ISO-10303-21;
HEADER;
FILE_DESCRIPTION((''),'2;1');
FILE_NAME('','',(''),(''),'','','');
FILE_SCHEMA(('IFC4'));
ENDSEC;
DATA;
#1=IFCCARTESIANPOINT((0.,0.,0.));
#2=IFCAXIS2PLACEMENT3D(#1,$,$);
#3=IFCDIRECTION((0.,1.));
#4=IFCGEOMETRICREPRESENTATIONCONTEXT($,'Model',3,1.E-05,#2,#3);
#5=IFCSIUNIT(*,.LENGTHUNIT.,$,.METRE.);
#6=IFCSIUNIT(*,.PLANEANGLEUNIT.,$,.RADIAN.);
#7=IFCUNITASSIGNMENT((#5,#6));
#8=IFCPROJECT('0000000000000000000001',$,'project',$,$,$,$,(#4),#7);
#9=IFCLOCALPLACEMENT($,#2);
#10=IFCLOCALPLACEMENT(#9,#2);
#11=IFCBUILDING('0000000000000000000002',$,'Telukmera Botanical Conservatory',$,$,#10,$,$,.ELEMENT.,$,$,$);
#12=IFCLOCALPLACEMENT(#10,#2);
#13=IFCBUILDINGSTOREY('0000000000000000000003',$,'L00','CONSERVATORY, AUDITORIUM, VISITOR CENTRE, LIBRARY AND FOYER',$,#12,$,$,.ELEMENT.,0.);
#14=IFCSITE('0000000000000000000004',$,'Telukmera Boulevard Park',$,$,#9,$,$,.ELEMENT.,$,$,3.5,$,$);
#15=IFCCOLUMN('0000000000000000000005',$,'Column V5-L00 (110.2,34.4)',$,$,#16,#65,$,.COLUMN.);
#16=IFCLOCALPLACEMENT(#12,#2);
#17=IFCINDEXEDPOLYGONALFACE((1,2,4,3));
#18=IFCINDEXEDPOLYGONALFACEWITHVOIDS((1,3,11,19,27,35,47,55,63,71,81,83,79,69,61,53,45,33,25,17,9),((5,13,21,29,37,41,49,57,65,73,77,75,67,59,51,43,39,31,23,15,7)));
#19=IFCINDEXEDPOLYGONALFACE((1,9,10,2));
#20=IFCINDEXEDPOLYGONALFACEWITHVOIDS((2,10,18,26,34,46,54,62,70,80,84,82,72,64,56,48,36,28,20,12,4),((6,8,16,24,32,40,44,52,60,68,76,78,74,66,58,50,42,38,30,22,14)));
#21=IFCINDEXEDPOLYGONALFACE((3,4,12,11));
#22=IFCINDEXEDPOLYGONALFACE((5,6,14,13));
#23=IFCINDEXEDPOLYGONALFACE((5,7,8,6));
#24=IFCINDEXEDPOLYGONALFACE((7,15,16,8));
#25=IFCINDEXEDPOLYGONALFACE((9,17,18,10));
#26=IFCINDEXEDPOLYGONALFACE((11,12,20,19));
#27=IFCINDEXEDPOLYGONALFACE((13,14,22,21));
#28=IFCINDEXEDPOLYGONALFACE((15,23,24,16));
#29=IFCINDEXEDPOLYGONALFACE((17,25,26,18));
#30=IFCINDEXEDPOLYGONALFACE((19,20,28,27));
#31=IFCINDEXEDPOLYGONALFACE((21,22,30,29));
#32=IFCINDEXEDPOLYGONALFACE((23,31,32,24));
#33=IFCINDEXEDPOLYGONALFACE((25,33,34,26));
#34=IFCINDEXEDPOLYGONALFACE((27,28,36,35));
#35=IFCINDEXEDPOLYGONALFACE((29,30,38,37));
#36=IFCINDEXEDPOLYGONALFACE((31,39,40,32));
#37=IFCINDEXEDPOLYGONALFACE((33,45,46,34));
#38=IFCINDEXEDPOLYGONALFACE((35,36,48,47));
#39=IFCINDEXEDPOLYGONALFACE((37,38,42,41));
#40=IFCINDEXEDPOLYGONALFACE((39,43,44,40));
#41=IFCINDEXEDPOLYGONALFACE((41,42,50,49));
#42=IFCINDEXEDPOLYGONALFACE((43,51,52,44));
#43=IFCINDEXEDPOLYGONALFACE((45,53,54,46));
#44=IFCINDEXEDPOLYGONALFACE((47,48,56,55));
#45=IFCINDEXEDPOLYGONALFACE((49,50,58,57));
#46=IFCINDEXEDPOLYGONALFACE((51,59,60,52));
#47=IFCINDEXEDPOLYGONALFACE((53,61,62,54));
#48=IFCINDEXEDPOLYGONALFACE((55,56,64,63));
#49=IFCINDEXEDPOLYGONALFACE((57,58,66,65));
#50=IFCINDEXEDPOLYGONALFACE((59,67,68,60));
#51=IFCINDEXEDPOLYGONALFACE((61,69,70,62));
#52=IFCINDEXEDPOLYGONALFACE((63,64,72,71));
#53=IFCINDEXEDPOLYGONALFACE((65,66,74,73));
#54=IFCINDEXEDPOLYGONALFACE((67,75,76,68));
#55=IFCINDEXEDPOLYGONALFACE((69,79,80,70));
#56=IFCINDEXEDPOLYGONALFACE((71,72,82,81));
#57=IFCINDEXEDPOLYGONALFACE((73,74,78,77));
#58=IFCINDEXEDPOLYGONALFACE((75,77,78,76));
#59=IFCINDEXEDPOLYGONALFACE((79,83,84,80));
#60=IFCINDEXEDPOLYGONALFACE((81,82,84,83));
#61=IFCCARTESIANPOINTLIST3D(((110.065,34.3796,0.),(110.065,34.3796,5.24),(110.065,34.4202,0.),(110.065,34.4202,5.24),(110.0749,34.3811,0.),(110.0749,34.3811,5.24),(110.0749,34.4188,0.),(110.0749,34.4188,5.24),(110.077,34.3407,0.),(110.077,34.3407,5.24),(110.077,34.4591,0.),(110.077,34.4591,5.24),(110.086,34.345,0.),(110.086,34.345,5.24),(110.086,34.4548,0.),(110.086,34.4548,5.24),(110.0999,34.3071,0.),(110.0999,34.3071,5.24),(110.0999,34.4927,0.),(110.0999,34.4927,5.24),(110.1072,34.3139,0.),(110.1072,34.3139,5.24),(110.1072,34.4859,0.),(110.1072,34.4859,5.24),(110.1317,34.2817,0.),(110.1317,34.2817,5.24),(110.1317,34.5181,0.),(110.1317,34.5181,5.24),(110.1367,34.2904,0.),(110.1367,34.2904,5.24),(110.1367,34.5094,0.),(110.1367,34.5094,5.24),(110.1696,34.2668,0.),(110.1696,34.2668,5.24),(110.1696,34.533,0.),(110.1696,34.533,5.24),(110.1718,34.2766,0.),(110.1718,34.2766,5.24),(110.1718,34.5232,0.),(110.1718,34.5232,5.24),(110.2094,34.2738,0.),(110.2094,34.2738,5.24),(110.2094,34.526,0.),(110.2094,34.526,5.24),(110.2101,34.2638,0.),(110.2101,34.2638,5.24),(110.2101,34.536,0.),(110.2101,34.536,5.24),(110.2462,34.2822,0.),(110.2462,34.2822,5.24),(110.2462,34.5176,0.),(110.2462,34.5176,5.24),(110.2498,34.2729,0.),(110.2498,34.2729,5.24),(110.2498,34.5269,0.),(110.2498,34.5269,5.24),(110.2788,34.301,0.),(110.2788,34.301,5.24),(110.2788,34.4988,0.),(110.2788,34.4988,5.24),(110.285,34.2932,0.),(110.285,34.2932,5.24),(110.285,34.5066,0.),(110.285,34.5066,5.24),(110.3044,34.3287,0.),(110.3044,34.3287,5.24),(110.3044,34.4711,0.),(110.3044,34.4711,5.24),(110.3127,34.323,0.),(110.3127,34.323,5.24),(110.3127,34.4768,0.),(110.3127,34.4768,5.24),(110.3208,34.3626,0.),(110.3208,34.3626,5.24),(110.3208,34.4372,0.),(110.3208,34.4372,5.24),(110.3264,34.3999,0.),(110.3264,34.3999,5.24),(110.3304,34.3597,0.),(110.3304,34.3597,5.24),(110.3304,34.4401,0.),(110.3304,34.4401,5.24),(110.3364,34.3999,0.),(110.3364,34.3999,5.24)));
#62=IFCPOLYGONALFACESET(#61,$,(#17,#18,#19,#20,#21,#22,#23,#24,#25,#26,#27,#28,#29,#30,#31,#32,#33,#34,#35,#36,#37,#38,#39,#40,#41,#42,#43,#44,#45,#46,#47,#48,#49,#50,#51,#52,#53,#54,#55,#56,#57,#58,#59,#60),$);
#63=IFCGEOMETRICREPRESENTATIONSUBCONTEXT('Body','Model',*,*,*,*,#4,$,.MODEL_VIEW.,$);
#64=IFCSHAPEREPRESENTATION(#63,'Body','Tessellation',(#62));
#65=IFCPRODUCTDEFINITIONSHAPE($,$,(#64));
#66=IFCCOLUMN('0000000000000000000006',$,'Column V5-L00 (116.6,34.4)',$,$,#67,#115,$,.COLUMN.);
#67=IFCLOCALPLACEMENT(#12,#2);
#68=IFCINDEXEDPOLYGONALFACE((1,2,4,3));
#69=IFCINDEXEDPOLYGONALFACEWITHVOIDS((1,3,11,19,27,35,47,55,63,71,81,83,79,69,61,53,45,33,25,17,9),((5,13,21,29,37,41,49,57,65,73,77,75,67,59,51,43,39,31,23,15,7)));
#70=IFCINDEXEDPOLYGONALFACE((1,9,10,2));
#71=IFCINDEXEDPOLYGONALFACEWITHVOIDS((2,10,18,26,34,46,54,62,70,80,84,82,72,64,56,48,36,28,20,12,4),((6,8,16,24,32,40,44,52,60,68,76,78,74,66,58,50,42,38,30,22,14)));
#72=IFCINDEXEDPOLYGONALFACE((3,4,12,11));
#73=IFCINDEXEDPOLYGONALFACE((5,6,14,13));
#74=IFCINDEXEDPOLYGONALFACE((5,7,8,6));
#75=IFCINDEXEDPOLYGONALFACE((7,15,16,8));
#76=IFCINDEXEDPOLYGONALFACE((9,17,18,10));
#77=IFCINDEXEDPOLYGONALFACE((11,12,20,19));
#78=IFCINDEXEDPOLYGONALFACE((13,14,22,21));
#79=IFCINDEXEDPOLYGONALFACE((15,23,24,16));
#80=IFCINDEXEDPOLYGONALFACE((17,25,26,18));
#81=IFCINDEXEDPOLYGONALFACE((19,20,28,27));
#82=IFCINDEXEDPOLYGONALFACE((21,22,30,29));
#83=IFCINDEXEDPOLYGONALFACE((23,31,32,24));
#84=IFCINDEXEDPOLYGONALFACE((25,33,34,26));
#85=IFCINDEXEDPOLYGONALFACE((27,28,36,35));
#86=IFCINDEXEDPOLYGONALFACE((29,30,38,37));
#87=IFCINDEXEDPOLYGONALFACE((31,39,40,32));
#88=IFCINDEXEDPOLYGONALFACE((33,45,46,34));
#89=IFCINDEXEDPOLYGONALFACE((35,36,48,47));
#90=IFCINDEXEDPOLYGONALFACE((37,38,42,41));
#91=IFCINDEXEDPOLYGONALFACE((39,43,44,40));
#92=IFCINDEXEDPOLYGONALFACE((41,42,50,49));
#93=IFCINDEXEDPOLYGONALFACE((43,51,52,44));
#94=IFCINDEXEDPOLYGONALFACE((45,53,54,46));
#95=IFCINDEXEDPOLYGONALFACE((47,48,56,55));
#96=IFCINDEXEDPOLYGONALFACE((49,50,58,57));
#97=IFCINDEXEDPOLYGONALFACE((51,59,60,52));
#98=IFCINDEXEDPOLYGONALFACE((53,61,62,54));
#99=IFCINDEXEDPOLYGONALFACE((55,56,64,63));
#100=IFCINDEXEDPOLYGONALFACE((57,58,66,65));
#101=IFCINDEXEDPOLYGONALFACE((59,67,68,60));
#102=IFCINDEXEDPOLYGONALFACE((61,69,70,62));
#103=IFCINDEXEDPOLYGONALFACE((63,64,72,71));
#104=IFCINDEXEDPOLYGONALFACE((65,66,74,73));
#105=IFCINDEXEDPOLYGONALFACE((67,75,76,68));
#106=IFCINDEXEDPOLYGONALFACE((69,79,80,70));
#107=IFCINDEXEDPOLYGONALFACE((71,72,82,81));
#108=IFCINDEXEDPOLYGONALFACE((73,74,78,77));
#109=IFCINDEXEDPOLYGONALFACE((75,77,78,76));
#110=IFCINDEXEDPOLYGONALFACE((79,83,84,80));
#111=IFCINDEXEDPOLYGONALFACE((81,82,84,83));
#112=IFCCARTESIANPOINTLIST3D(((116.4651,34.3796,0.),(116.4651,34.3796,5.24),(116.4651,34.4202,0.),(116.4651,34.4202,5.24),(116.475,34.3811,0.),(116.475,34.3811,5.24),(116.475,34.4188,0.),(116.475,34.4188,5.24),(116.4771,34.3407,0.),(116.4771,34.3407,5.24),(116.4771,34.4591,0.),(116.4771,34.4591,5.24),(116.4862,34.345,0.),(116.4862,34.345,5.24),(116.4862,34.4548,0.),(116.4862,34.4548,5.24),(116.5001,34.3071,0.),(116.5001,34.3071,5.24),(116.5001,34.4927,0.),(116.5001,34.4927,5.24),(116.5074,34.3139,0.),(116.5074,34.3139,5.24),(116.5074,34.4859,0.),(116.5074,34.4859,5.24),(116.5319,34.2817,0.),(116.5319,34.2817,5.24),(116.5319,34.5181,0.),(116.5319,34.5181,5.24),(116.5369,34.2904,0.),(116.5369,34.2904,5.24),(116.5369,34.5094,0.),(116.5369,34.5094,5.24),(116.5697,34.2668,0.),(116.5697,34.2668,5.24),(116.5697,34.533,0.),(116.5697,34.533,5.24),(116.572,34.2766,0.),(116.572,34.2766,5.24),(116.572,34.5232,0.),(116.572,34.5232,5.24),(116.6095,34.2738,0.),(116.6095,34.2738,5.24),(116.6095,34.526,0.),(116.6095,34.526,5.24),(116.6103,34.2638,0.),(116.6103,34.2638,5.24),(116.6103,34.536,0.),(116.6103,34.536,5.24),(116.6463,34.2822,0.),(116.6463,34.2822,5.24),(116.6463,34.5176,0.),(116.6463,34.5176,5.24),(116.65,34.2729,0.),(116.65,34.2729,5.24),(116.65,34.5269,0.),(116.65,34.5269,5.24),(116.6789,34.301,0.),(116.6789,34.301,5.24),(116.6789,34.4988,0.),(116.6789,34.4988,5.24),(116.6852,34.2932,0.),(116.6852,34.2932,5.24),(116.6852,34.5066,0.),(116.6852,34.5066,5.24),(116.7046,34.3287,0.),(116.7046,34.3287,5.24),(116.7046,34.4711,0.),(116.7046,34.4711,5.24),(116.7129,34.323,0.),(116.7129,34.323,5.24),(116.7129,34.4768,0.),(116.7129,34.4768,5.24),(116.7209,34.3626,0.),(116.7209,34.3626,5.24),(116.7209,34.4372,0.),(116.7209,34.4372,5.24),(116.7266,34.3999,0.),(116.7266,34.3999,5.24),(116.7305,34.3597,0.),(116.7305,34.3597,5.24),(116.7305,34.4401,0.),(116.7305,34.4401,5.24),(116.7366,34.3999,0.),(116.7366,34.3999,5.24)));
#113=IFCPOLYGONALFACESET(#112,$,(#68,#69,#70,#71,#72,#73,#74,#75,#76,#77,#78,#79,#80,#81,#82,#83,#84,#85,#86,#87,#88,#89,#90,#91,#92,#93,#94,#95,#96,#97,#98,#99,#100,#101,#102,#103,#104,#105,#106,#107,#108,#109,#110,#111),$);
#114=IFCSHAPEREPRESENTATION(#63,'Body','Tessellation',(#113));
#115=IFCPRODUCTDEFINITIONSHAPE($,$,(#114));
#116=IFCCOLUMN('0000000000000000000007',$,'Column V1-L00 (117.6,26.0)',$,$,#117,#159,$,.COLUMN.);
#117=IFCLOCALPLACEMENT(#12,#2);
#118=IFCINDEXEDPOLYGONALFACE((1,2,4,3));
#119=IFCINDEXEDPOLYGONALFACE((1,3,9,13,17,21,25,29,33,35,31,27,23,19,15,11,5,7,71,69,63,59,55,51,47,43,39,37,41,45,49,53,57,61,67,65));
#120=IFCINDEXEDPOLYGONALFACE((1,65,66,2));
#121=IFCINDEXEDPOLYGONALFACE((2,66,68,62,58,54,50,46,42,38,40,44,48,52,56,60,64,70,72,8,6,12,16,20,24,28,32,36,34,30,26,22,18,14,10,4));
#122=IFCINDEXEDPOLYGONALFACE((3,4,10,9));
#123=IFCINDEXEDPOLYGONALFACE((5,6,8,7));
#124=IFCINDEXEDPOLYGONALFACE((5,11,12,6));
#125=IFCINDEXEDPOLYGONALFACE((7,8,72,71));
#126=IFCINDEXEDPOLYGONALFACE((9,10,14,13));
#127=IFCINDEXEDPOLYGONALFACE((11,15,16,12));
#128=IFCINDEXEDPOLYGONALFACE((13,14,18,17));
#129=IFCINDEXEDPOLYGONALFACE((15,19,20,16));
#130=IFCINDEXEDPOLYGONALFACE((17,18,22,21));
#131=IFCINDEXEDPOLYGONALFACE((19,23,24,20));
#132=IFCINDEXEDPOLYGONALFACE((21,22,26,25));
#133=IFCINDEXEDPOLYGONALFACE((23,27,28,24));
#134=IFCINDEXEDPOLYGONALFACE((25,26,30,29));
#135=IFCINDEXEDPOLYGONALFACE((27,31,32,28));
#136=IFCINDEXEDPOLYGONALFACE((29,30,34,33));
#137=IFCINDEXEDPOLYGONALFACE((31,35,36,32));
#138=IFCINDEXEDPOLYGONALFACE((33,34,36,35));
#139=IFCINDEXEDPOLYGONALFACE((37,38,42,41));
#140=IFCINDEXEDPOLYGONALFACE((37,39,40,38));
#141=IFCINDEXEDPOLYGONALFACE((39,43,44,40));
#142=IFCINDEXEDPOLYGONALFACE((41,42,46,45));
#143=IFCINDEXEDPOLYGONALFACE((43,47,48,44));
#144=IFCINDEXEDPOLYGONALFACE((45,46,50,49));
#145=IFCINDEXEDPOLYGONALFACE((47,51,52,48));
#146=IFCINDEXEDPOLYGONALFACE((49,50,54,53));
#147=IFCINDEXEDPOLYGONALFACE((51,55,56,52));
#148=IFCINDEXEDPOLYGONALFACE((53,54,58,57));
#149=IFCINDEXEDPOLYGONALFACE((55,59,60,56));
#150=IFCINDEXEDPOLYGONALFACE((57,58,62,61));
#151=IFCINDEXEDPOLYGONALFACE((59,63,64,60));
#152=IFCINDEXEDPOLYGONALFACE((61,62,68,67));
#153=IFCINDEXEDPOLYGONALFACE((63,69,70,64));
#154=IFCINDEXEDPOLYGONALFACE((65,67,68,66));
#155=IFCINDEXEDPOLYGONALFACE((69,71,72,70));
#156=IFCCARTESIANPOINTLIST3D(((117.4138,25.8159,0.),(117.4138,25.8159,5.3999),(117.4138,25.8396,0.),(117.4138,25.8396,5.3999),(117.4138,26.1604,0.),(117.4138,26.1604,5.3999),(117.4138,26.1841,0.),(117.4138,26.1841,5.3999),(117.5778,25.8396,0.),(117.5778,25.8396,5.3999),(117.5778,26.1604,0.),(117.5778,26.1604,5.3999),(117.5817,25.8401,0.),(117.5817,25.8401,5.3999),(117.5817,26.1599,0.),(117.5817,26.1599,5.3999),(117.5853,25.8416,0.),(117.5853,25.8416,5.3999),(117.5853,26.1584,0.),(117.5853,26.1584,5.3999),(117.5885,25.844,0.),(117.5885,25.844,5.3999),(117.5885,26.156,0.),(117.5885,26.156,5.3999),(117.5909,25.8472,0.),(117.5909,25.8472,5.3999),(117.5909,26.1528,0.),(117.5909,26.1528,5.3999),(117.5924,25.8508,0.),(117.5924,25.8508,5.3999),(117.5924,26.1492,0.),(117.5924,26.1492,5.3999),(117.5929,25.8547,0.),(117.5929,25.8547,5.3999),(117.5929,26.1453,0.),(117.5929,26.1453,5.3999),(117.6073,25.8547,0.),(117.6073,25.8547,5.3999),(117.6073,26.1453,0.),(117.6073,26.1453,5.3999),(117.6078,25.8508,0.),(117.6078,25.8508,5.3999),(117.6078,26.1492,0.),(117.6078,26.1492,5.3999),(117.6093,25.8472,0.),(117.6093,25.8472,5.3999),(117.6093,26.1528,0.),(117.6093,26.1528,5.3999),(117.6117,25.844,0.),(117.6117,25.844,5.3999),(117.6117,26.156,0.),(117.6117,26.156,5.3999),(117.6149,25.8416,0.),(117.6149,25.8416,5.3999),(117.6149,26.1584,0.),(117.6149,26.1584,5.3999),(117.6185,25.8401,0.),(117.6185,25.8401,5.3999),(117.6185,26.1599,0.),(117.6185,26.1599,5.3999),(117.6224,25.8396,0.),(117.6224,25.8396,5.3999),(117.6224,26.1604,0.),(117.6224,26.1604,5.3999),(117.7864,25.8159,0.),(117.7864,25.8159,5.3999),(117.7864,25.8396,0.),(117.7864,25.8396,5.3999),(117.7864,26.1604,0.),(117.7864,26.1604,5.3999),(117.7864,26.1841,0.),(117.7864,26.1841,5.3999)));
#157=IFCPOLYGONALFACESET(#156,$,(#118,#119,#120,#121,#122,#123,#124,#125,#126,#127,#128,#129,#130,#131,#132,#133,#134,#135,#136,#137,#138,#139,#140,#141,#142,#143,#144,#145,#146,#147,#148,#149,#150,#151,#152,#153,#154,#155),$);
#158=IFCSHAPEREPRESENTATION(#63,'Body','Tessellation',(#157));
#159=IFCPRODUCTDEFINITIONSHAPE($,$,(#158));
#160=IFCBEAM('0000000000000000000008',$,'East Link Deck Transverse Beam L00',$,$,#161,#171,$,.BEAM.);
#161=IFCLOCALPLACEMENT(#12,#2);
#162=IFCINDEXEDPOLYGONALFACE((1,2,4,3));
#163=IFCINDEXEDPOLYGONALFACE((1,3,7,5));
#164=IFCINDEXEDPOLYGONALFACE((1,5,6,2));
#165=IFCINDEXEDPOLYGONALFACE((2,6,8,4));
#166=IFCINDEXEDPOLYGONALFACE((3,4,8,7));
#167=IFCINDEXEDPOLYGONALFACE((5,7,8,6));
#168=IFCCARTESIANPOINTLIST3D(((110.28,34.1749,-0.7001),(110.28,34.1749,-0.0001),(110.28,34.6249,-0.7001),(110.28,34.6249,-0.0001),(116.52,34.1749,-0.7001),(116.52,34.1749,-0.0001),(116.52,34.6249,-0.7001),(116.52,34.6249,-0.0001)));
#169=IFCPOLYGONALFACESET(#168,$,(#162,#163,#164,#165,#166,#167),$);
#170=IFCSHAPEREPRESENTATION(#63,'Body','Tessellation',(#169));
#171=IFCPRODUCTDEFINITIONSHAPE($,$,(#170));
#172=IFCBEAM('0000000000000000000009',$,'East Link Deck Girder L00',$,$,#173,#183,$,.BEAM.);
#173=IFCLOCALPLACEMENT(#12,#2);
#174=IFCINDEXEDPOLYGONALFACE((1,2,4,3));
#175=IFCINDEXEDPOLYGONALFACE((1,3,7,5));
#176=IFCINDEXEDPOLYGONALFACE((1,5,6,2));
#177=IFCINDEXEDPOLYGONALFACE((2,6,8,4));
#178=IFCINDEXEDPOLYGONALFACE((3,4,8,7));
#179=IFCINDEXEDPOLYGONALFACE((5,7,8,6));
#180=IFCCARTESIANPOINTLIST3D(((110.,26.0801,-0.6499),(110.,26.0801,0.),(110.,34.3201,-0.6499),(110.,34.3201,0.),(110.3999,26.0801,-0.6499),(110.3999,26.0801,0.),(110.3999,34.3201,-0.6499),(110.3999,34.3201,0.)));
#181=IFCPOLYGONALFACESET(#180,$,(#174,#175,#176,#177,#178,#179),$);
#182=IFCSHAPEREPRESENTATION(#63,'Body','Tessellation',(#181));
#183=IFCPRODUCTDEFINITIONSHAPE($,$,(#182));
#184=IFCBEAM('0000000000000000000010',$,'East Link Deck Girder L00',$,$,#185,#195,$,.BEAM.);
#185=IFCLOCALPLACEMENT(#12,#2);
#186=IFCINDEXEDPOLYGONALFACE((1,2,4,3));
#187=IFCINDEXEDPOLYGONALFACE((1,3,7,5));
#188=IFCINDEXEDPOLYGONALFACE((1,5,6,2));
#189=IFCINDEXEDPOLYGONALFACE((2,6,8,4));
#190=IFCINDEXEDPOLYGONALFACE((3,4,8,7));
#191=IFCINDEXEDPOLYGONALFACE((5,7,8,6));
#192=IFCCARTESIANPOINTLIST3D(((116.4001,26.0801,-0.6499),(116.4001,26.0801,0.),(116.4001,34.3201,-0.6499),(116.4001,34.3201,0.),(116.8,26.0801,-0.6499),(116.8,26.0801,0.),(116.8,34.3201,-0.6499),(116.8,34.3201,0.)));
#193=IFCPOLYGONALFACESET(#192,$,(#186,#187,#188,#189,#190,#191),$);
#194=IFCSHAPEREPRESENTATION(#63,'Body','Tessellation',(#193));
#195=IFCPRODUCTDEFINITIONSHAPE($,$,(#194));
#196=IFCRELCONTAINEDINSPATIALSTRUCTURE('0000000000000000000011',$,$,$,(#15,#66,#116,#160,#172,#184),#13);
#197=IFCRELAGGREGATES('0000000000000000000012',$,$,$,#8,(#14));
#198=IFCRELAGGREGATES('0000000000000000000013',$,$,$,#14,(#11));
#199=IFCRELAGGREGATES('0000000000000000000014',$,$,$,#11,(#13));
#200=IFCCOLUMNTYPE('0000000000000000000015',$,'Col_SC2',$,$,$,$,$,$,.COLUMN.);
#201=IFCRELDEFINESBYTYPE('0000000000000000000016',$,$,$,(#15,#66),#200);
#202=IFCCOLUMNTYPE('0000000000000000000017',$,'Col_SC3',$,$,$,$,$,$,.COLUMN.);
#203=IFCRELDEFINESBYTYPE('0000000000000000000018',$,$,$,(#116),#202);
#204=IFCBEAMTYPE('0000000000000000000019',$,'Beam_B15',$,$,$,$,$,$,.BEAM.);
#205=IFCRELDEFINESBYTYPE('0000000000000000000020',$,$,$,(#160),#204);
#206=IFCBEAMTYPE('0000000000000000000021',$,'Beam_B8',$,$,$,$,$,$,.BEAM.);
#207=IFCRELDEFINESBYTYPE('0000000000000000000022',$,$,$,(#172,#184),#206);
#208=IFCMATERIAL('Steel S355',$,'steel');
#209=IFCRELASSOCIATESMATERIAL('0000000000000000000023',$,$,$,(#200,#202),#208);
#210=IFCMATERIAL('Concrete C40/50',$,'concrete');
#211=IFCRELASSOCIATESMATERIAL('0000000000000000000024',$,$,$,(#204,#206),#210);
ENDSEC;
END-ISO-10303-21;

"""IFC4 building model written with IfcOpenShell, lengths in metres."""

from ifc_helpers import new_model, si_unit, direction, frame, origin, origin_2d, place, context, subcontext, project, spatial, rectangle, hollow_circle, i_section, extrude, material, material_profile, profile_set, type_object, element, save


model = new_model("IFC4")

# Units and contexts
model_context = context("Model", 3, precision=1e-05, world=origin(), true_north=direction((0.0, 1.0)))
body_context = subcontext(model_context, "Body", "Model", "MODEL_VIEW")
ifc_project = project(units=[si_unit("LENGTHUNIT", "METRE"), si_unit("PLANEANGLEUNIT", "RADIAN")], contexts=[model_context])

# Site, building, storey
site_placement = place(None, origin())
site = spatial("IfcSite", under=ifc_project, at=site_placement, Name="Telukmera Boulevard Park", CompositionType="ELEMENT", RefElevation=3.5)
building_placement = place(site_placement, origin())
building = spatial("IfcBuilding", under=site, at=building_placement, Name="Telukmera Botanical Conservatory", CompositionType="ELEMENT")
storey_placement = place(building_placement, origin())
storey = spatial("IfcBuildingStorey", under=building, at=storey_placement, Name="L00", Description="CONSERVATORY, AUDITORIUM, VISITOR CENTRE, LIBRARY AND FOYER", CompositionType="ELEMENT", Elevation=0.0)

# Columns
ifc_material_1 = material(Name="Steel S355", Category="steel")
ifc_material_profile_1 = material_profile(ifc_material_1, hollow_circle(Radius=0.1365, WallThickness=0.01, at=origin_2d()), Name="CHS 273.0x10.0")
ifc_profile_set_1 = profile_set([ifc_material_profile_1], Name="Steel S355")
column_type_1 = type_object("IfcColumnType", Name="Col_SC2", PredefinedType="COLUMN", material=ifc_profile_set_1)
for number, where, z_axis, x_axis, name in (
    (1, (110.2, 34.3999, 0.0), (0.0, 0.0, 1.0), (1.0, 0.0, 0.0), "Column V5-L00 (110.2,34.4)"),
    (2, (116.6001, 34.3999, 0.0), (0.0, 0.0, 1.0), (1.0, 0.0, 0.0), "Column V5-L00 (116.6,34.4)"),
):
    element("IfcColumn", number, at=place(storey_placement, frame(where, z_axis=z_axis, x_axis=x_axis)), inside=storey, type_object=column_type_1, Name=name, PredefinedType="COLUMN", context=body_context, shape_type="SweptSolid", body=[
        extrude(hollow_circle(Radius=0.1365, WallThickness=0.01, at=origin_2d()), origin(), (0.0, 0.0, 1.0), 5.24),
    ])
ifc_material_profile_2 = material_profile(ifc_material_1, i_section(OverallWidth=0.3726, OverallDepth=0.3682, WebThickness=0.0144, FlangeThickness=0.0237, FilletRadius=0.0151, at=origin_2d()), Name="UC 356x368x177")
ifc_profile_set_2 = profile_set([ifc_material_profile_2], Name="Steel S355")
column_type_2 = type_object("IfcColumnType", Name="Col_SC3", PredefinedType="COLUMN", material=ifc_profile_set_2)
column_placement = place(storey_placement, frame((117.6001, 26.0, 0.0), z_axis=(0.0, 0.0, 1.0), x_axis=(1.0, 0.0, 0.0)))
element("IfcColumn", 3, at=column_placement, inside=storey, type_object=column_type_2, Name="Column V1-L00 (117.6,26.0)", PredefinedType="COLUMN", context=body_context, shape_type="SweptSolid", body=[
    extrude(i_section(OverallWidth=0.3726, OverallDepth=0.3682, WebThickness=0.0144, FlangeThickness=0.0237, FilletRadius=0.0151, at=origin_2d()), origin(), (0.0, 0.0, 1.0), 5.3999),
])

# Beams
ifc_material_2 = material(Name="Concrete C40/50", Category="concrete")
ifc_material_profile_3 = material_profile(ifc_material_2, rectangle(XDim=0.45, YDim=0.7, at=origin_2d()), Name="RC 450x700")
ifc_profile_set_3 = profile_set([ifc_material_profile_3], Name="Concrete C40/50")
beam_type_1 = type_object("IfcBeamType", Name="Beam_B15", PredefinedType="BEAM", material=ifc_profile_set_3)
beam_placement = place(storey_placement, frame((110.28, 34.3999, -0.3501), z_axis=(1.0, 0.0, 0.0), x_axis=(0.0, 1.0, 0.0)))
element("IfcBeam", 4, at=beam_placement, inside=storey, type_object=beam_type_1, Name="East Link Deck Transverse Beam L00", PredefinedType="BEAM", context=body_context, shape_type="SweptSolid", body=[
    extrude(rectangle(XDim=0.45, YDim=0.7, at=origin_2d()), origin(), (0.0, 0.0, 1.0), 6.24),
])
ifc_material_profile_4 = material_profile(ifc_material_2, rectangle(XDim=0.3999, YDim=0.6499, at=origin_2d()), Name="RC 400x650")
ifc_profile_set_4 = profile_set([ifc_material_profile_4], Name="Concrete C40/50")
beam_type_2 = type_object("IfcBeamType", Name="Beam_B8", PredefinedType="BEAM", material=ifc_profile_set_4)
for number, where, z_axis, x_axis, name in (
    (5, (110.2, 26.0801, -0.325), (0.0, 1.0, 0.0), (-1.0, 0.0, 0.0), "East Link Deck Girder L00"),
    (6, (116.6001, 26.0801, -0.325), (0.0, 1.0, 0.0), (-1.0, 0.0, 0.0), "East Link Deck Girder L00"),
):
    element("IfcBeam", number, at=place(storey_placement, frame(where, z_axis=z_axis, x_axis=x_axis)), inside=storey, type_object=beam_type_2, Name=name, PredefinedType="BEAM", context=body_context, shape_type="SweptSolid", body=[
        extrude(rectangle(XDim=0.3999, YDim=0.6499, at=origin_2d()), origin(), (0.0, 0.0, 1.0), 8.24),
    ])

save(model, "model.ifc")
